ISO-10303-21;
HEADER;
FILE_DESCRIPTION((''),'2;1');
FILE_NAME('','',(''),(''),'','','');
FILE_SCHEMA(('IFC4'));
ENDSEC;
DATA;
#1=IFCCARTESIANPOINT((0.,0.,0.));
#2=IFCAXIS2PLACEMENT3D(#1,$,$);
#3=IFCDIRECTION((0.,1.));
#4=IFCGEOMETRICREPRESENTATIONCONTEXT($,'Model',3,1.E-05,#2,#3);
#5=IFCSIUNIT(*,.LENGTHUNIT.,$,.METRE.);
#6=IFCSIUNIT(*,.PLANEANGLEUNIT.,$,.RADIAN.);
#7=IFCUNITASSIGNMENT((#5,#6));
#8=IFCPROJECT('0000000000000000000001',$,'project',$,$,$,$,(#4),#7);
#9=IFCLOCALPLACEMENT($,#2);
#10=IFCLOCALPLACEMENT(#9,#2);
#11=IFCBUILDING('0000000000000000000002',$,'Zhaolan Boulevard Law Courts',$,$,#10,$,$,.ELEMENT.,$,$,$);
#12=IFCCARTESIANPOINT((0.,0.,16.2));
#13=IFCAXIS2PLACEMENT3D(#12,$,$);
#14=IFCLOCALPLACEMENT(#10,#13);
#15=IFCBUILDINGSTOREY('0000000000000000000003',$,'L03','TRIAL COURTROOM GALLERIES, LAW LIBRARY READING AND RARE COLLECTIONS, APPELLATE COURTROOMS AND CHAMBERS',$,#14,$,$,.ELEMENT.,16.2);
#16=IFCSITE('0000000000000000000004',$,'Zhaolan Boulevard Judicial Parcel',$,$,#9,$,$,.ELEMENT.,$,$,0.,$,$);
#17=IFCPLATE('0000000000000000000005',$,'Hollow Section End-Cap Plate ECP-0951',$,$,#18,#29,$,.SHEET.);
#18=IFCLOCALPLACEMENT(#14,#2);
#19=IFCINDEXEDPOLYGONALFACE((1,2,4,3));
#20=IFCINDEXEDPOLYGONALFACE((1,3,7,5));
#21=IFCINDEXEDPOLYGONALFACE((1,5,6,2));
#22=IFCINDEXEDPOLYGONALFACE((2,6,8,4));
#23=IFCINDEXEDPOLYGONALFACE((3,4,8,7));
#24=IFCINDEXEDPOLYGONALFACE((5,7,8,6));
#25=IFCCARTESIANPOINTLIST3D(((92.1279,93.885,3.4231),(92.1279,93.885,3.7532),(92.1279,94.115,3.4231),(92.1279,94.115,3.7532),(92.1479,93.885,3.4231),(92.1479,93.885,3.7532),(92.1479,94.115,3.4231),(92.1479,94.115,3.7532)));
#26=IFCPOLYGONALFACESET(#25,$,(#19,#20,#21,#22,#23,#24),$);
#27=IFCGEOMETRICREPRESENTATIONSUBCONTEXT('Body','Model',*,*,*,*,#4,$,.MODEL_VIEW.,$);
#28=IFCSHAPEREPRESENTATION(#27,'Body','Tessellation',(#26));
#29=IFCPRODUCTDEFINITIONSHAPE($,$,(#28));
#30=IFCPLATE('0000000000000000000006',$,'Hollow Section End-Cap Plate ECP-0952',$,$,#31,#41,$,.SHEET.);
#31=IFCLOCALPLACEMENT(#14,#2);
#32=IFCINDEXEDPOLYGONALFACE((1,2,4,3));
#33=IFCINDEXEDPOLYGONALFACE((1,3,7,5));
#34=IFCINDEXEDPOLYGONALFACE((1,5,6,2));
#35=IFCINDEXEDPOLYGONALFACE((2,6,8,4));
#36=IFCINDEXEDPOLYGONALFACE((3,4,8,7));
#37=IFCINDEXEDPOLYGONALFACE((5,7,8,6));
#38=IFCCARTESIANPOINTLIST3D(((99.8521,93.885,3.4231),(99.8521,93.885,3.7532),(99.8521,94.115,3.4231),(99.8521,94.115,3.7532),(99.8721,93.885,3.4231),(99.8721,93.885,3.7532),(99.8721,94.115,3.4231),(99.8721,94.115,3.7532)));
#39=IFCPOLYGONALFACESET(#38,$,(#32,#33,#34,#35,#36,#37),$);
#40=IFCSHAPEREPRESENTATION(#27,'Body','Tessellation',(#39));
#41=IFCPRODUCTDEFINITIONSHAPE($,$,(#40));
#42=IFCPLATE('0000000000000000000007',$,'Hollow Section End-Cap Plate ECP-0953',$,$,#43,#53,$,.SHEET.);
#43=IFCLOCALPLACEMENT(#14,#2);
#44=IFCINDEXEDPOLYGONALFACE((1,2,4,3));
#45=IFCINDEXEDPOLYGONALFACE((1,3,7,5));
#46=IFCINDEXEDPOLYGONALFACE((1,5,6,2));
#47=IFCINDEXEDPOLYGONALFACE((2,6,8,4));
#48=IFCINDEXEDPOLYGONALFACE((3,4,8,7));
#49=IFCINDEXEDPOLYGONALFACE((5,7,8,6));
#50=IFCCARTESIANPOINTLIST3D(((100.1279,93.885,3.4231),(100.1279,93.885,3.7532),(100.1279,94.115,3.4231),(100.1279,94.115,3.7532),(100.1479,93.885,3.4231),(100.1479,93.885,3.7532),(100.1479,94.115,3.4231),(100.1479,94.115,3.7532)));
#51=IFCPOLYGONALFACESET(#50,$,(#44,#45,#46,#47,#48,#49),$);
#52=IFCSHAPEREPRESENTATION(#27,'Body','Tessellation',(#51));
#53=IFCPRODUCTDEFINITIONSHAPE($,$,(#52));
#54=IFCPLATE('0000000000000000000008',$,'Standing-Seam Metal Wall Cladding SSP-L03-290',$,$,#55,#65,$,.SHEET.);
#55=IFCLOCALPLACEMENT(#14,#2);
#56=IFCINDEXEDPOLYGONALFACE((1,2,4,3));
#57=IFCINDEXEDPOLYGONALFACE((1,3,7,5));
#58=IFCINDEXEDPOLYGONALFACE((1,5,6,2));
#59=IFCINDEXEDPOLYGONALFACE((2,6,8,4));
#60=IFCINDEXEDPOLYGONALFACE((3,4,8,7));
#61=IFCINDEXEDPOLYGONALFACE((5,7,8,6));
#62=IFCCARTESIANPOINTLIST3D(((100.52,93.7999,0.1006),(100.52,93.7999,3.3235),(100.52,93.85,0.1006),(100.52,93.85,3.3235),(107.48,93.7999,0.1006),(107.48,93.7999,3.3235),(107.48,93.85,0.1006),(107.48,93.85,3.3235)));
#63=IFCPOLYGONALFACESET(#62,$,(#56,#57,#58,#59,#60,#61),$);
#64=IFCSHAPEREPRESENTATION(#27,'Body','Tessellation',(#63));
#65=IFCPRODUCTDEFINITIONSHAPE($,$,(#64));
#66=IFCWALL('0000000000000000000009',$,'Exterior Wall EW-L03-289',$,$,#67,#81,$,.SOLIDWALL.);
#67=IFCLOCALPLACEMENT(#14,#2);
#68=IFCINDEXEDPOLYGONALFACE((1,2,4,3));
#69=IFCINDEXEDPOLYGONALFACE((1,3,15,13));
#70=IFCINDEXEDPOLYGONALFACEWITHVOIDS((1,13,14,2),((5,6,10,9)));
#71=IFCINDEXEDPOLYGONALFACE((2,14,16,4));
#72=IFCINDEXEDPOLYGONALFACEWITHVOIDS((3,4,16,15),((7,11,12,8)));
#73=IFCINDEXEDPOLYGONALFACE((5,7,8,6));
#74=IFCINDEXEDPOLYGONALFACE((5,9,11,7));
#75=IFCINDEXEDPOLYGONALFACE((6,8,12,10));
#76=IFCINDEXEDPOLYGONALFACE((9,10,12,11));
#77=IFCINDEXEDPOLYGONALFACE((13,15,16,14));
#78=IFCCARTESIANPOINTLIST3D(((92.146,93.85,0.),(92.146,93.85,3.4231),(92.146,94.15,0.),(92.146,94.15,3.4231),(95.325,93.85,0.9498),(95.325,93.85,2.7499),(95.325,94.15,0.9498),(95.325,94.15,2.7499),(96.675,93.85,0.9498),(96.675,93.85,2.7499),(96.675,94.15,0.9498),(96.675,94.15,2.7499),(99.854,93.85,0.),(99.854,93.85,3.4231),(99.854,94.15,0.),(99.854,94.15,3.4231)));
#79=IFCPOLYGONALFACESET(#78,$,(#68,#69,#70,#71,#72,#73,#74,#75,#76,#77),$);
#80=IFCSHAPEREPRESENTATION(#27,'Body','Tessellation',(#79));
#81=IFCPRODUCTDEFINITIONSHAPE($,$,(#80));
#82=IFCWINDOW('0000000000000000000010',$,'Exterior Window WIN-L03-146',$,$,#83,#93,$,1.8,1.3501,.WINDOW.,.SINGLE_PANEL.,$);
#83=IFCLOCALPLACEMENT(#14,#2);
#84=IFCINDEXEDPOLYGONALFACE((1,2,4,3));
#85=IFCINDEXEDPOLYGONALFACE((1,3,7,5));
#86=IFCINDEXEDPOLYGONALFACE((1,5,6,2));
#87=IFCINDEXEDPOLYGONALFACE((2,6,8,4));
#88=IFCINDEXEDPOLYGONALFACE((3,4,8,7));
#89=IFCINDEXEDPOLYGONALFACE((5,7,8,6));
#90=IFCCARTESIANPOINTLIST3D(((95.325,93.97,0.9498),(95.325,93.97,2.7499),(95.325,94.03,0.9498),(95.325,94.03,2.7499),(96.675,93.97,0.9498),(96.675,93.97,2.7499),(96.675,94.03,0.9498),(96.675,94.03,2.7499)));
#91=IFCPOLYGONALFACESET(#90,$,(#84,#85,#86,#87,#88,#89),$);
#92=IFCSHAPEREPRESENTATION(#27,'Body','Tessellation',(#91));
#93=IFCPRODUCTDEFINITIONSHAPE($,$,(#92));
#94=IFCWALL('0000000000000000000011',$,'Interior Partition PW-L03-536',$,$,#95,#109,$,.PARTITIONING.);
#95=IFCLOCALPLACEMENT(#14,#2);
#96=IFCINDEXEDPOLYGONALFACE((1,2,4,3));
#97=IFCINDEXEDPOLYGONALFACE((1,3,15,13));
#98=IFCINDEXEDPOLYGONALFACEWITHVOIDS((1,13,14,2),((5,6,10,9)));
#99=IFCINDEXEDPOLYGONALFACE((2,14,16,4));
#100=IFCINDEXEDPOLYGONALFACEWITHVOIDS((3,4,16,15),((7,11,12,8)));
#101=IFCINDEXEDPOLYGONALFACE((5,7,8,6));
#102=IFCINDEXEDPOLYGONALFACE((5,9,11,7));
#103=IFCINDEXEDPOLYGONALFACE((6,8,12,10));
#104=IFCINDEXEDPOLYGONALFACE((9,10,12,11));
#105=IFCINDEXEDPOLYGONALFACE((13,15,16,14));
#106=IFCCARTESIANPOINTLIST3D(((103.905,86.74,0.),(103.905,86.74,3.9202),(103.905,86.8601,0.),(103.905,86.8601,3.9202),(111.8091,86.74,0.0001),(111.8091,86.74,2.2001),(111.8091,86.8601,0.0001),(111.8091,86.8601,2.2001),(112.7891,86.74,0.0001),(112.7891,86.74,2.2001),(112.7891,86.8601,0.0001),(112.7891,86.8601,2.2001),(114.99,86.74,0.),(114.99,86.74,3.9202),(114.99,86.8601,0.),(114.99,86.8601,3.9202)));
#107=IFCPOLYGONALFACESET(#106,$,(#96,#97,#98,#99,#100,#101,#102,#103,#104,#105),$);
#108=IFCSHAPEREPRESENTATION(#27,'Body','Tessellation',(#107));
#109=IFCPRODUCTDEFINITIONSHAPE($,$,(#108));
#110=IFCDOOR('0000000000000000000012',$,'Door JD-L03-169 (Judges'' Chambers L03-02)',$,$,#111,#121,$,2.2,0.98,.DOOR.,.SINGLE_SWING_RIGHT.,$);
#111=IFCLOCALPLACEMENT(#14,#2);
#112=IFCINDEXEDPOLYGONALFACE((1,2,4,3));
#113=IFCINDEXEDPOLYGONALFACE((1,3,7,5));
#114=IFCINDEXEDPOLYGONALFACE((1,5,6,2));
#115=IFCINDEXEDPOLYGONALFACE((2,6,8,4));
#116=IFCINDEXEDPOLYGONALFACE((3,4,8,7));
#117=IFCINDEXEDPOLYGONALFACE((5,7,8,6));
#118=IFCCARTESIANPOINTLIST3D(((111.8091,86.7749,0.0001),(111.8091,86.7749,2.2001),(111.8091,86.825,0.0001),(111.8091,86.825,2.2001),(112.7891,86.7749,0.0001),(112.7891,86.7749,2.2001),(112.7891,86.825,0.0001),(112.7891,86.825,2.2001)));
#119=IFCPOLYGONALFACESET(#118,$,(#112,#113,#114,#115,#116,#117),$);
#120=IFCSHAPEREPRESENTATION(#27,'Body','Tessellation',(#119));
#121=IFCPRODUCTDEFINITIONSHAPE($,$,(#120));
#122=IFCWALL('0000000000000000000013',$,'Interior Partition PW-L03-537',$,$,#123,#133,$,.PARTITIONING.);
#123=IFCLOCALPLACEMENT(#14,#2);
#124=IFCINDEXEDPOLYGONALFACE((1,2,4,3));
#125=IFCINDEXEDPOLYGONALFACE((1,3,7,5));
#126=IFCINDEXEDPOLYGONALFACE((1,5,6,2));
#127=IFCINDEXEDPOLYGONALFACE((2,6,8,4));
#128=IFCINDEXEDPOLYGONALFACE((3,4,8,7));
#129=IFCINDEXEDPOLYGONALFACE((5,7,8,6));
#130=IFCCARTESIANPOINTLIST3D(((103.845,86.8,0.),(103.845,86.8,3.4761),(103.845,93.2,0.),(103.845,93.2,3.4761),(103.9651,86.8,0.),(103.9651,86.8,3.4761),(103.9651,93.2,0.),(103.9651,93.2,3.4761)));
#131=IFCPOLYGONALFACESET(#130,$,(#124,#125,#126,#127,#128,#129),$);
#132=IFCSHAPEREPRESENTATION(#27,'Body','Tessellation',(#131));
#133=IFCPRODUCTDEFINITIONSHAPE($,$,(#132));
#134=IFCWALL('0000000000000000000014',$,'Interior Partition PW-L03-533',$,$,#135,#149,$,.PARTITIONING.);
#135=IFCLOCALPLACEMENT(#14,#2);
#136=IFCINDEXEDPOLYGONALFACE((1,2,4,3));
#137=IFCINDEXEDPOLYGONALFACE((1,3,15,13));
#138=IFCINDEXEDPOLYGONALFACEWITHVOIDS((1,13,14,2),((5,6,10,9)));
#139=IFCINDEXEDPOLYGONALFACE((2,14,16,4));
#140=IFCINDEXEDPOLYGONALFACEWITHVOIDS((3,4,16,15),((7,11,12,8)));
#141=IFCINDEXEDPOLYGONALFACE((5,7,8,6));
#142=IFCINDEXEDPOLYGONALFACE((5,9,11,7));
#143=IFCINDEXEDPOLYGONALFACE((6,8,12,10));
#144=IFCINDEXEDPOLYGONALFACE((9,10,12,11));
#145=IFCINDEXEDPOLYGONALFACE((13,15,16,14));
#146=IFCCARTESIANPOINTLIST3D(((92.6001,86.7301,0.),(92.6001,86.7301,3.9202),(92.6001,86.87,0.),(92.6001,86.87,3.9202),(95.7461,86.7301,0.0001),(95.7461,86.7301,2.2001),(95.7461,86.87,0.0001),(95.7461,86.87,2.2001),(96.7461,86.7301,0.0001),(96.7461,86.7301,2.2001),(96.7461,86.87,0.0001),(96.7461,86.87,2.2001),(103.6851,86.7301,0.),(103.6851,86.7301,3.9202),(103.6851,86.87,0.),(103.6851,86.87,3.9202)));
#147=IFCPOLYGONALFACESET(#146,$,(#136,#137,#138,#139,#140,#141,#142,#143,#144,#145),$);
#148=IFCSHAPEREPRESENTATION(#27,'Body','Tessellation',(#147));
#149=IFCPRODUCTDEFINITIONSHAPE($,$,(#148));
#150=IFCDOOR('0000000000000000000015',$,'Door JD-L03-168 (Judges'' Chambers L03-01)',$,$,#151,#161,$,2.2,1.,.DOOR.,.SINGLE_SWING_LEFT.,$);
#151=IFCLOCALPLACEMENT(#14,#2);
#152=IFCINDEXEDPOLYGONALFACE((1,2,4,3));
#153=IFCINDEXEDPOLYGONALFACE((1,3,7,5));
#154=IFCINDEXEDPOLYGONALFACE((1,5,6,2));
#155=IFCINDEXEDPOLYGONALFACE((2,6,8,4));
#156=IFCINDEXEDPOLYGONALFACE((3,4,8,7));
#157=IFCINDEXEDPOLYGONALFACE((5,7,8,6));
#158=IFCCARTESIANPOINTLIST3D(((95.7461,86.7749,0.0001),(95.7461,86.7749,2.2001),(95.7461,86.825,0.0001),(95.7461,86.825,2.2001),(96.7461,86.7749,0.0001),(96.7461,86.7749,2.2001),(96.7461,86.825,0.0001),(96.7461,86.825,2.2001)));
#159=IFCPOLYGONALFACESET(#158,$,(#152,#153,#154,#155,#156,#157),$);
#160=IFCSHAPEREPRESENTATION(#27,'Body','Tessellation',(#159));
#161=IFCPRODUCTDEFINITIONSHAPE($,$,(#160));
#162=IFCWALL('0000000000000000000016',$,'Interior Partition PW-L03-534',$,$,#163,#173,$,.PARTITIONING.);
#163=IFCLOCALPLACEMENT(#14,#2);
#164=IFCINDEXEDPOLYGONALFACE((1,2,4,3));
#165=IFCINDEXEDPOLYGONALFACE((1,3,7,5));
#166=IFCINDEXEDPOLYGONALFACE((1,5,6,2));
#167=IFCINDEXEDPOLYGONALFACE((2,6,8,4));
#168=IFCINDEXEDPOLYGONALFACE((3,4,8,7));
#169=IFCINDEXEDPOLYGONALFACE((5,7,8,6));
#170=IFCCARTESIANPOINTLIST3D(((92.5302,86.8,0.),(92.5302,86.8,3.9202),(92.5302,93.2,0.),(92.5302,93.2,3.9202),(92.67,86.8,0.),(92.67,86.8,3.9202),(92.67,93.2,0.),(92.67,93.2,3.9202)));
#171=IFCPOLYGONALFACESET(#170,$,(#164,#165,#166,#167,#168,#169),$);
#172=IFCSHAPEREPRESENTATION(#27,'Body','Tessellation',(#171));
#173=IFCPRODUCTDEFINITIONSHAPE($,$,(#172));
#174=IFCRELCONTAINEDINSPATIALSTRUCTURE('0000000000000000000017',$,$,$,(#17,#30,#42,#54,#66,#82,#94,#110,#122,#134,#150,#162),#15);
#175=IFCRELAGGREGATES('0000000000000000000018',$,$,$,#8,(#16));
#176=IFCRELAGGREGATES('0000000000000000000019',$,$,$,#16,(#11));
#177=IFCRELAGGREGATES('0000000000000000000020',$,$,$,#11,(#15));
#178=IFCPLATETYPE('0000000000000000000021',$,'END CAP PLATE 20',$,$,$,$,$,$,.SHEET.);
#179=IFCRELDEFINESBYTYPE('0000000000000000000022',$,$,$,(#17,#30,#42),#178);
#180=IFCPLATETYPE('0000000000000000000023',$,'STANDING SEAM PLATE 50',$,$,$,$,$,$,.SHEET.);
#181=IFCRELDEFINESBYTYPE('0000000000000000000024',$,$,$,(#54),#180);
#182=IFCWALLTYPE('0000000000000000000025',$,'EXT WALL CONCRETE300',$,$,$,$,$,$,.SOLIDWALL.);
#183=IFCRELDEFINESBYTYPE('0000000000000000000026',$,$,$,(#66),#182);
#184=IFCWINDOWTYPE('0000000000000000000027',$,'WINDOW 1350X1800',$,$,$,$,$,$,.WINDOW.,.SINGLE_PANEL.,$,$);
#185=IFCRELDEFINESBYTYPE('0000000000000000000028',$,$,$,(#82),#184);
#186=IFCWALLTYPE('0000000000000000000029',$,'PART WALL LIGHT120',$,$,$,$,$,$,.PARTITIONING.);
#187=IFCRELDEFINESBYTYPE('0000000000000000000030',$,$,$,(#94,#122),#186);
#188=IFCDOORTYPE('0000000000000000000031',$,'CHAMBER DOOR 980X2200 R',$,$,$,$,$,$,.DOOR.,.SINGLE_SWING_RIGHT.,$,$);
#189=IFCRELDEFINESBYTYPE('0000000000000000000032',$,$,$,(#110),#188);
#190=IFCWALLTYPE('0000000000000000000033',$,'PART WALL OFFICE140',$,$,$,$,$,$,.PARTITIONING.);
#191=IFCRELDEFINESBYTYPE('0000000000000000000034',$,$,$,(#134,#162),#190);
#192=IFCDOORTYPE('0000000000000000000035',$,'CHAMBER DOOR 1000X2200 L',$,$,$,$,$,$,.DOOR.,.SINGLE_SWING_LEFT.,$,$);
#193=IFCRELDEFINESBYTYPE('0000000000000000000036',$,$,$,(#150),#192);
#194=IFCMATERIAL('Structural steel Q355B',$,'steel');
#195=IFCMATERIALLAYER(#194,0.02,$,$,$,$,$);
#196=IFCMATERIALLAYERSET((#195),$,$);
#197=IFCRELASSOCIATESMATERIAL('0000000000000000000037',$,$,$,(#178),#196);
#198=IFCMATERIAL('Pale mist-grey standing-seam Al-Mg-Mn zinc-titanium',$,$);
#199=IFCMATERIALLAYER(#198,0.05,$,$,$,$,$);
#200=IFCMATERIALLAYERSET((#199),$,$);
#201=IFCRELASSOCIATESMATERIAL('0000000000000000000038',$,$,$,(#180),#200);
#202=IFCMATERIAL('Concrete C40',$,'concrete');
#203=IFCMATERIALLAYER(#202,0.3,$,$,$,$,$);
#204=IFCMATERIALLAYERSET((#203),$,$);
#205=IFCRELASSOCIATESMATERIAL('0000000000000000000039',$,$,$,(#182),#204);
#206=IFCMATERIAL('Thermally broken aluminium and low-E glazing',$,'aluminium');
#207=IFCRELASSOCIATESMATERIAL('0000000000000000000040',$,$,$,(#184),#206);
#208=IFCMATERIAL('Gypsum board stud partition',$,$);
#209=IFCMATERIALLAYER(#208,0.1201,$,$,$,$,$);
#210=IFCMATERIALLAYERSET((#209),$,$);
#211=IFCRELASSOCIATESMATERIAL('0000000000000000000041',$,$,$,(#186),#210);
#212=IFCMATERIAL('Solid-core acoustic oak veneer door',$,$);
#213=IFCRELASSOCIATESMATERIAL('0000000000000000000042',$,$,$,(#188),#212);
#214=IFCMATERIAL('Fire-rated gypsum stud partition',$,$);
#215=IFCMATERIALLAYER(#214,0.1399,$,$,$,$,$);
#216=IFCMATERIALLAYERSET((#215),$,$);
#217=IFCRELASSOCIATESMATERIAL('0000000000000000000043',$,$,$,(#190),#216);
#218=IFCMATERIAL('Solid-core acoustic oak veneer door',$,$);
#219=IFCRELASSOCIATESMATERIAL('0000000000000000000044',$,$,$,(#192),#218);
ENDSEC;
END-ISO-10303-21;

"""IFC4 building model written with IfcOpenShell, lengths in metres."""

from ifc_helpers import new_model, si_unit, direction, frame, frame_2d, origin, origin_2d, place, context, subcontext, project, spatial, rectangle, extrude, material, layer, layer_set, type_object, element, fill, save


model = new_model("IFC4")

# Units and contexts
model_context = context("Model", 3, precision=1e-05, world=origin(), true_north=direction((0.0, 1.0)))
body_context = subcontext(model_context, "Body", "Model", "MODEL_VIEW")
ifc_project = project(units=[si_unit("LENGTHUNIT", "METRE"), si_unit("PLANEANGLEUNIT", "RADIAN")], contexts=[model_context])

# Site, building, storey
site_placement = place(None, origin())
site = spatial("IfcSite", under=ifc_project, at=site_placement, Name="Zhaolan Boulevard Judicial Parcel", CompositionType="ELEMENT", RefElevation=0.0)
building_placement = place(site_placement, origin())
building = spatial("IfcBuilding", under=site, at=building_placement, Name="Zhaolan Boulevard Law Courts", CompositionType="ELEMENT")
storey_placement = place(building_placement, frame((0.0, 0.0, 16.2)))
storey = spatial("IfcBuildingStorey", under=building, at=storey_placement, Name="L03", Description="TRIAL COURTROOM GALLERIES, LAW LIBRARY READING AND RARE COLLECTIONS, APPELLATE COURTROOMS AND CHAMBERS", CompositionType="ELEMENT", Elevation=16.2)

# Plates
ifc_material_1 = material(Name="Structural steel Q355B", Category="steel")
ifc_layer_1 = layer(ifc_material_1, 0.02)
ifc_layer_set_1 = layer_set([ifc_layer_1])
plate_type_1 = type_object("IfcPlateType", Name="END CAP PLATE 20", PredefinedType="SHEET", material=ifc_layer_set_1)
for number, where, z_axis, x_axis, name in (
    (1, (92.1379, 94.0, 3.4231), (0.0, 0.0, 1.0), (1.0, 0.0, 0.0), "Hollow Section End-Cap Plate ECP-0951"),
    (2, (99.8621, 94.0, 3.4231), (0.0, 0.0, 1.0), (1.0, 0.0, 0.0), "Hollow Section End-Cap Plate ECP-0952"),
    (3, (100.1379, 94.0, 3.4231), (0.0, 0.0, 1.0), (1.0, 0.0, 0.0), "Hollow Section End-Cap Plate ECP-0953"),
):
    element("IfcPlate", number, at=place(storey_placement, frame(where, z_axis=z_axis, x_axis=x_axis)), inside=storey, type_object=plate_type_1, Name=name, PredefinedType="SHEET", context=body_context, shape_type="SweptSolid", body=[
        extrude(rectangle(XDim=0.02, YDim=0.23, at=origin_2d()), origin(), (0.0, 0.0, 1.0), 0.3301),
    ])
ifc_material_2 = material(Name="Pale mist-grey standing-seam Al-Mg-Mn zinc-titanium")
ifc_layer_2 = layer(ifc_material_2, 0.05)
ifc_layer_set_2 = layer_set([ifc_layer_2])
plate_type_2 = type_object("IfcPlateType", Name="STANDING SEAM PLATE 50", PredefinedType="SHEET", material=ifc_layer_set_2)
plate_placement = place(storey_placement, frame((104.0, 93.825, 0.1006), z_axis=(0.0, 0.0, 1.0), x_axis=(-1.0, 0.0, 0.0)))
element("IfcPlate", 4, at=plate_placement, inside=storey, type_object=plate_type_2, Name="Standing-Seam Metal Wall Cladding SSP-L03-290", PredefinedType="SHEET", context=body_context, shape_type="SweptSolid", body=[
    extrude(rectangle(XDim=6.96, YDim=0.05, at=origin_2d()), origin(), (0.0, 0.0, 1.0), 3.2229),
])

# Wall, opening, window
ifc_material_3 = material(Name="Concrete C40", Category="concrete")
ifc_layer_3 = layer(ifc_material_3, 0.3)
ifc_layer_set_3 = layer_set([ifc_layer_3])
wall_type_1 = type_object("IfcWallType", Name="EXT WALL CONCRETE300", PredefinedType="SOLIDWALL", material=ifc_layer_set_3)
wall_1_placement = place(storey_placement, frame((99.854, 94.0, 0.0), z_axis=(0.0, 0.0, 1.0), x_axis=(-1.0, 0.0, 0.0)))
wall_1 = element("IfcWall", 5, at=wall_1_placement, inside=storey, type_object=wall_type_1, Name="Exterior Wall EW-L03-289", PredefinedType="SOLIDWALL", context=body_context, shape_type="SweptSolid", body=[
    extrude(rectangle(XDim=7.708, YDim=0.3, at=frame_2d((3.854, 0.0))), origin(), (0.0, 0.0, 1.0), 3.4231),
])
opening_1_placement = place(wall_1_placement, frame((3.179, 0.0, 0.95)))
opening_1 = element("IfcOpeningElement", 6, at=opening_1_placement, cuts=wall_1, PredefinedType="OPENING", context=body_context, shape_type="SweptSolid", body=[
    extrude(rectangle(XDim=1.3501, YDim=1.8, at=frame_2d((0.675, 0.8999))), frame((0.0, 0.1599, 0.0), z_axis=(0.0, -1.0, 0.0), x_axis=(1.0, 0.0, 0.0)), (0.0, 0.0, 1.0), 0.3201),
])
ifc_material_4 = material(Name="Thermally broken aluminium and low-E glazing", Category="aluminium")
window_type = type_object("IfcWindowType", Name="WINDOW 1350X1800", PartitioningType="SINGLE_PANEL", PredefinedType="WINDOW", material=ifc_material_4)
window_placement = place(opening_1_placement, origin())
window = element("IfcWindow", 7, at=window_placement, inside=storey, type_object=window_type, Name="Exterior Window WIN-L03-146", OverallHeight=1.8, OverallWidth=1.3501, PartitioningType="SINGLE_PANEL", PredefinedType="WINDOW", context=body_context, shape_type="SweptSolid", body=[
    extrude(rectangle(XDim=1.3501, YDim=1.8, at=frame_2d((0.675, 0.8999))), frame((0.0, 0.03, 0.0), z_axis=(0.0, -1.0, 0.0), x_axis=(1.0, 0.0, 0.0)), (0.0, 0.0, 1.0), 0.0601),
])
fill(opening_1, window)

# Wall, opening, door
ifc_material_5 = material(Name="Gypsum board stud partition")
ifc_layer_4 = layer(ifc_material_5, 0.1201)
ifc_layer_set_4 = layer_set([ifc_layer_4])
wall_type_2 = type_object("IfcWallType", Name="PART WALL LIGHT120", PredefinedType="PARTITIONING", material=ifc_layer_set_4)
wall_2_placement = place(storey_placement, frame((103.905, 86.8, 0.0), z_axis=(0.0, 0.0, 1.0), x_axis=(1.0, 0.0, 0.0)))
wall_2 = element("IfcWall", 8, at=wall_2_placement, inside=storey, type_object=wall_type_2, Name="Interior Partition PW-L03-536", PredefinedType="PARTITIONING", context=body_context, shape_type="SweptSolid", body=[
    extrude(rectangle(XDim=11.085, YDim=0.1201, at=frame_2d((5.5425, 0.0))), origin(), (0.0, 0.0, 1.0), 3.9202),
])
opening_2_placement = place(wall_2_placement, frame((7.9041, 0.0, 0.0)))
opening_2 = element("IfcOpeningElement", 9, at=opening_2_placement, cuts=wall_2, PredefinedType="OPENING", context=body_context, shape_type="SweptSolid", body=[
    extrude(rectangle(XDim=0.98, YDim=2.2, at=frame_2d((0.49, 1.1001))), frame((0.0, 0.0701, 0.0), z_axis=(0.0, -1.0, 0.0), x_axis=(1.0, 0.0, 0.0)), (0.0, 0.0, 1.0), 0.1401),
])
ifc_material_6 = material(Name="Solid-core acoustic oak veneer door")
door_type_1 = type_object("IfcDoorType", Name="CHAMBER DOOR 980X2200 R", OperationType="SINGLE_SWING_RIGHT", PredefinedType="DOOR", material=ifc_material_6)
door_1_placement = place(opening_2_placement, origin())
door_1 = element("IfcDoor", 10, at=door_1_placement, inside=storey, type_object=door_type_1, Name="Door JD-L03-169 (Judges' Chambers L03-02)", OperationType="SINGLE_SWING_RIGHT", OverallHeight=2.2, OverallWidth=0.98, PredefinedType="DOOR", context=body_context, shape_type="SweptSolid", body=[
    extrude(rectangle(XDim=0.98, YDim=2.2, at=frame_2d((0.49, 1.1001))), frame((0.0, 0.0249, 0.0), z_axis=(0.0, -1.0, 0.0), x_axis=(1.0, 0.0, 0.0)), (0.0, 0.0, 1.0), 0.05),
])
fill(opening_2, door_1)

# Wall
wall_3_placement = place(storey_placement, frame((103.905, 93.2, 0.0), z_axis=(0.0, 0.0, 1.0), x_axis=(0.0, -1.0, 0.0)))
element("IfcWall", 11, at=wall_3_placement, inside=storey, type_object=wall_type_2, Name="Interior Partition PW-L03-537", PredefinedType="PARTITIONING", context=body_context, shape_type="SweptSolid", body=[
    extrude(rectangle(XDim=6.3999, YDim=0.1201, at=frame_2d((3.2, 0.0))), origin(), (0.0, 0.0, 1.0), 3.4761),
])

# Wall, opening, door
ifc_material_7 = material(Name="Fire-rated gypsum stud partition")
ifc_layer_5 = layer(ifc_material_7, 0.1399)
ifc_layer_set_5 = layer_set([ifc_layer_5])
wall_type_3 = type_object("IfcWallType", Name="PART WALL OFFICE140", PredefinedType="PARTITIONING", material=ifc_layer_set_5)
wall_4_placement = place(storey_placement, frame((92.6001, 86.8, 0.0), z_axis=(0.0, 0.0, 1.0), x_axis=(1.0, 0.0, 0.0)))
wall_4 = element("IfcWall", 12, at=wall_4_placement, inside=storey, type_object=wall_type_3, Name="Interior Partition PW-L03-533", PredefinedType="PARTITIONING", context=body_context, shape_type="SweptSolid", body=[
    extrude(rectangle(XDim=11.085, YDim=0.1399, at=frame_2d((5.5425, 0.0))), origin(), (0.0, 0.0, 1.0), 3.9202),
])
opening_3_placement = place(wall_4_placement, frame((3.146, 0.0, 0.0)))
opening_3 = element("IfcOpeningElement", 13, at=opening_3_placement, cuts=wall_4, PredefinedType="OPENING", context=body_context, shape_type="SweptSolid", body=[
    extrude(rectangle(XDim=1.0, YDim=2.2, at=frame_2d((0.5, 1.1001))), frame((0.0, 0.0798, 0.0), z_axis=(0.0, -1.0, 0.0), x_axis=(1.0, 0.0, 0.0)), (0.0, 0.0, 1.0), 0.1599),
])
ifc_material_8 = material(Name="Solid-core acoustic oak veneer door")
door_type_2 = type_object("IfcDoorType", Name="CHAMBER DOOR 1000X2200 L", OperationType="SINGLE_SWING_LEFT", PredefinedType="DOOR", material=ifc_material_8)
door_2_placement = place(opening_3_placement, origin())
door_2 = element("IfcDoor", 14, at=door_2_placement, inside=storey, type_object=door_type_2, Name="Door JD-L03-168 (Judges' Chambers L03-01)", OperationType="SINGLE_SWING_LEFT", OverallHeight=2.2, OverallWidth=1.0, PredefinedType="DOOR", context=body_context, shape_type="SweptSolid", body=[
    extrude(rectangle(XDim=1.0, YDim=2.2, at=frame_2d((0.5, 1.1001))), frame((0.0, 0.0249, 0.0), z_axis=(0.0, -1.0, 0.0), x_axis=(1.0, 0.0, 0.0)), (0.0, 0.0, 1.0), 0.05),
])
fill(opening_3, door_2)

# Wall
wall_5_placement = place(storey_placement, frame((92.6001, 93.2, 0.0), z_axis=(0.0, 0.0, 1.0), x_axis=(0.0, -1.0, 0.0)))
element("IfcWall", 15, at=wall_5_placement, inside=storey, type_object=wall_type_3, Name="Interior Partition PW-L03-534", PredefinedType="PARTITIONING", context=body_context, shape_type="SweptSolid", body=[
    extrude(rectangle(XDim=6.3999, YDim=0.1399, at=frame_2d((3.2, 0.0))), origin(), (0.0, 0.0, 1.0), 3.9202),
])

save(model, "model.ifc")
